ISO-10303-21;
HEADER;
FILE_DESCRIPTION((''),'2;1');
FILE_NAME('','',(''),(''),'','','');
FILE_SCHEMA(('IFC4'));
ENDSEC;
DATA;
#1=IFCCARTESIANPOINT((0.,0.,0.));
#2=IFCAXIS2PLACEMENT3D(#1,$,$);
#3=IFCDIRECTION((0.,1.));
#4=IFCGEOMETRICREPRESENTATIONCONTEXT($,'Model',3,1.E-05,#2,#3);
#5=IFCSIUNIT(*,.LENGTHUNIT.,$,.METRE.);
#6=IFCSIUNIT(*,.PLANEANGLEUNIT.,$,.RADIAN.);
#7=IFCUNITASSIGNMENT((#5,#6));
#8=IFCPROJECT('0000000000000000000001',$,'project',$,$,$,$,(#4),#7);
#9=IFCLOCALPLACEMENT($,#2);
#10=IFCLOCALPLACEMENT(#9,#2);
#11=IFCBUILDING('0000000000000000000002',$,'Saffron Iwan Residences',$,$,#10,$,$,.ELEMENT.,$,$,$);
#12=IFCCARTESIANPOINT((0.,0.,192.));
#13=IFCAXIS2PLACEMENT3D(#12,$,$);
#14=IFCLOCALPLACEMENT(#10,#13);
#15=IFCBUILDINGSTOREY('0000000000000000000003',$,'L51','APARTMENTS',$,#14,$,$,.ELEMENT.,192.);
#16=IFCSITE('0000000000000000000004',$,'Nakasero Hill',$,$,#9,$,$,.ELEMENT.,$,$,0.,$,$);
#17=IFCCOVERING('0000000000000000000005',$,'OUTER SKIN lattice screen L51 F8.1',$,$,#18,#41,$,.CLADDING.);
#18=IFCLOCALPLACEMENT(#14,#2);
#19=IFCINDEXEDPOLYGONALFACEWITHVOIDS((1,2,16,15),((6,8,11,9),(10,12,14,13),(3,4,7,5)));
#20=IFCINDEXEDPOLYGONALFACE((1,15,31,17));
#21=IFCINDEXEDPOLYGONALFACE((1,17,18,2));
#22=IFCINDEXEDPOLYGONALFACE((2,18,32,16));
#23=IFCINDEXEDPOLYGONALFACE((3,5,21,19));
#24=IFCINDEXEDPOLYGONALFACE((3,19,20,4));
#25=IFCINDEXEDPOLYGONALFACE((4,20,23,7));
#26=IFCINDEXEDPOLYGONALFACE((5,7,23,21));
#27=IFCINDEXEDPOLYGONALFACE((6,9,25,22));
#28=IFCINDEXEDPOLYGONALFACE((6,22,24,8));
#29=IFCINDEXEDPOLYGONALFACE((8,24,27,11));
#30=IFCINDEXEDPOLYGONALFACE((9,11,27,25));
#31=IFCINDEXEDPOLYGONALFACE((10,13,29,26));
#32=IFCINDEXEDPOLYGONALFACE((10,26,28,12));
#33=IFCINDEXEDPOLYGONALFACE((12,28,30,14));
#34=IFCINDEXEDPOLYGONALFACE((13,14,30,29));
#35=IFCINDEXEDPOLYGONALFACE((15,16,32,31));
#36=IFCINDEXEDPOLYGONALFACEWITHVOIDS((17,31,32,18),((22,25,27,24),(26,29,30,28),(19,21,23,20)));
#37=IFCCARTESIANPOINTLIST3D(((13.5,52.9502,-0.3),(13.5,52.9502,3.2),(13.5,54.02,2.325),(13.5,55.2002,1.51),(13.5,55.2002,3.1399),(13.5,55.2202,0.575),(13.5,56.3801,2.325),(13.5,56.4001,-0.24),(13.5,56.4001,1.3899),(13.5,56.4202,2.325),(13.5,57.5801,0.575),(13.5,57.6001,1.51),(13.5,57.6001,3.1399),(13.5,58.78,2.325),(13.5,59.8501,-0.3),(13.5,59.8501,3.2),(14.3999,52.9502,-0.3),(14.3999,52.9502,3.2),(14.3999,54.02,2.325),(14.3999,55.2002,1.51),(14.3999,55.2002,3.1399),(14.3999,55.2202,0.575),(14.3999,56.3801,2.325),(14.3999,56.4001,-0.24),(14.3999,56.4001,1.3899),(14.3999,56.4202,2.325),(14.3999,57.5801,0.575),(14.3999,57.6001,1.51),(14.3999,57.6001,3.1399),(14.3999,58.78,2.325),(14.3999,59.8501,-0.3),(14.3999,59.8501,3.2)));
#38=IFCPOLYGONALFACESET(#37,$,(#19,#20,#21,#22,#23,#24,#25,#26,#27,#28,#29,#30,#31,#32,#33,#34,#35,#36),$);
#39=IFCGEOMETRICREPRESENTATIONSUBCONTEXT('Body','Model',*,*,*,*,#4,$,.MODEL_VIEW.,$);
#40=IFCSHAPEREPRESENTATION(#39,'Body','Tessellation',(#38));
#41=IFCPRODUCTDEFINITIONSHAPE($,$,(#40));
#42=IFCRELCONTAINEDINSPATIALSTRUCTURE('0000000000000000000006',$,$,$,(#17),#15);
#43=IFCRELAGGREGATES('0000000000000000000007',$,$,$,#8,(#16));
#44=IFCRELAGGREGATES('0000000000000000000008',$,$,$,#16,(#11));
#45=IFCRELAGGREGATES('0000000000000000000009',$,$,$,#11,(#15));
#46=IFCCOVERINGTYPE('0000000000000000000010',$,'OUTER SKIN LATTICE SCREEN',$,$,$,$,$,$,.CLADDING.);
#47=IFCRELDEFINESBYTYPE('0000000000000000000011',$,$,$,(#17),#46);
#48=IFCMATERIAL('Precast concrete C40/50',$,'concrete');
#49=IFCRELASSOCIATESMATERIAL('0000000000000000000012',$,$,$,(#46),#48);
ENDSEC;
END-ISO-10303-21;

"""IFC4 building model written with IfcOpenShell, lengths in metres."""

from ifc_helpers import new_model, si_unit, direction, frame, origin, place, context, subcontext, project, spatial, polyline, outline, extrude, material, type_object, element, save


model = new_model("IFC4")

# Units and contexts
model_context = context("Model", 3, precision=1e-05, world=origin(), true_north=direction((0.0, 1.0)))
body_context = subcontext(model_context, "Body", "Model", "MODEL_VIEW")
ifc_project = project(units=[si_unit("LENGTHUNIT", "METRE"), si_unit("PLANEANGLEUNIT", "RADIAN")], contexts=[model_context])

# Site, building, storey
site_placement = place(None, origin())
site = spatial("IfcSite", under=ifc_project, at=site_placement, Name="Nakasero Hill", CompositionType="ELEMENT", RefElevation=0.0)
building_placement = place(site_placement, origin())
building = spatial("IfcBuilding", under=site, at=building_placement, Name="Saffron Iwan Residences", CompositionType="ELEMENT")
storey_placement = place(building_placement, frame((0.0, 0.0, 192.0)))
storey = spatial("IfcBuildingStorey", under=building, at=storey_placement, Name="L51", Description="APARTMENTS", CompositionType="ELEMENT", Elevation=192.0)

# Covering
ifc_material_1 = material(Name="Precast concrete C40/50", Category="concrete")
covering_type = type_object("IfcCoveringType", Name="OUTER SKIN LATTICE SCREEN", PredefinedType="CLADDING", material=ifc_material_1)
covering_placement = place(storey_placement, frame((14.3999, 59.8501, -0.3), z_axis=(-1.0, 0.0, 0.0), x_axis=(0.0, -1.0, 0.0)))
element("IfcCovering", 1, at=covering_placement, inside=storey, type_object=covering_type, Name="OUTER SKIN lattice screen L51 F8.1", PredefinedType="CLADDING", context=body_context, shape_type="SweptSolid", body=[
    extrude(outline(polyline([(0.0, 0.0), (6.8999, 0.0), (6.8999, 3.5), (0.0, 3.5), (0.0, 0.0)]), holes=[polyline([(2.27, 0.875), (3.45, 0.0601), (4.6299, 0.875), (3.45, 1.6899), (2.27, 0.875)]), polyline([(1.0701, 2.625), (2.25, 1.8101), (3.4299, 2.625), (2.25, 3.4399), (1.0701, 2.625)]), polyline([(3.47, 2.625), (4.6499, 1.8101), (5.8301, 2.625), (4.6499, 3.4399), (3.47, 2.625)])]), origin(), (0.0, 0.0, 1.0), 0.8999),
])

save(model, "model.ifc")
